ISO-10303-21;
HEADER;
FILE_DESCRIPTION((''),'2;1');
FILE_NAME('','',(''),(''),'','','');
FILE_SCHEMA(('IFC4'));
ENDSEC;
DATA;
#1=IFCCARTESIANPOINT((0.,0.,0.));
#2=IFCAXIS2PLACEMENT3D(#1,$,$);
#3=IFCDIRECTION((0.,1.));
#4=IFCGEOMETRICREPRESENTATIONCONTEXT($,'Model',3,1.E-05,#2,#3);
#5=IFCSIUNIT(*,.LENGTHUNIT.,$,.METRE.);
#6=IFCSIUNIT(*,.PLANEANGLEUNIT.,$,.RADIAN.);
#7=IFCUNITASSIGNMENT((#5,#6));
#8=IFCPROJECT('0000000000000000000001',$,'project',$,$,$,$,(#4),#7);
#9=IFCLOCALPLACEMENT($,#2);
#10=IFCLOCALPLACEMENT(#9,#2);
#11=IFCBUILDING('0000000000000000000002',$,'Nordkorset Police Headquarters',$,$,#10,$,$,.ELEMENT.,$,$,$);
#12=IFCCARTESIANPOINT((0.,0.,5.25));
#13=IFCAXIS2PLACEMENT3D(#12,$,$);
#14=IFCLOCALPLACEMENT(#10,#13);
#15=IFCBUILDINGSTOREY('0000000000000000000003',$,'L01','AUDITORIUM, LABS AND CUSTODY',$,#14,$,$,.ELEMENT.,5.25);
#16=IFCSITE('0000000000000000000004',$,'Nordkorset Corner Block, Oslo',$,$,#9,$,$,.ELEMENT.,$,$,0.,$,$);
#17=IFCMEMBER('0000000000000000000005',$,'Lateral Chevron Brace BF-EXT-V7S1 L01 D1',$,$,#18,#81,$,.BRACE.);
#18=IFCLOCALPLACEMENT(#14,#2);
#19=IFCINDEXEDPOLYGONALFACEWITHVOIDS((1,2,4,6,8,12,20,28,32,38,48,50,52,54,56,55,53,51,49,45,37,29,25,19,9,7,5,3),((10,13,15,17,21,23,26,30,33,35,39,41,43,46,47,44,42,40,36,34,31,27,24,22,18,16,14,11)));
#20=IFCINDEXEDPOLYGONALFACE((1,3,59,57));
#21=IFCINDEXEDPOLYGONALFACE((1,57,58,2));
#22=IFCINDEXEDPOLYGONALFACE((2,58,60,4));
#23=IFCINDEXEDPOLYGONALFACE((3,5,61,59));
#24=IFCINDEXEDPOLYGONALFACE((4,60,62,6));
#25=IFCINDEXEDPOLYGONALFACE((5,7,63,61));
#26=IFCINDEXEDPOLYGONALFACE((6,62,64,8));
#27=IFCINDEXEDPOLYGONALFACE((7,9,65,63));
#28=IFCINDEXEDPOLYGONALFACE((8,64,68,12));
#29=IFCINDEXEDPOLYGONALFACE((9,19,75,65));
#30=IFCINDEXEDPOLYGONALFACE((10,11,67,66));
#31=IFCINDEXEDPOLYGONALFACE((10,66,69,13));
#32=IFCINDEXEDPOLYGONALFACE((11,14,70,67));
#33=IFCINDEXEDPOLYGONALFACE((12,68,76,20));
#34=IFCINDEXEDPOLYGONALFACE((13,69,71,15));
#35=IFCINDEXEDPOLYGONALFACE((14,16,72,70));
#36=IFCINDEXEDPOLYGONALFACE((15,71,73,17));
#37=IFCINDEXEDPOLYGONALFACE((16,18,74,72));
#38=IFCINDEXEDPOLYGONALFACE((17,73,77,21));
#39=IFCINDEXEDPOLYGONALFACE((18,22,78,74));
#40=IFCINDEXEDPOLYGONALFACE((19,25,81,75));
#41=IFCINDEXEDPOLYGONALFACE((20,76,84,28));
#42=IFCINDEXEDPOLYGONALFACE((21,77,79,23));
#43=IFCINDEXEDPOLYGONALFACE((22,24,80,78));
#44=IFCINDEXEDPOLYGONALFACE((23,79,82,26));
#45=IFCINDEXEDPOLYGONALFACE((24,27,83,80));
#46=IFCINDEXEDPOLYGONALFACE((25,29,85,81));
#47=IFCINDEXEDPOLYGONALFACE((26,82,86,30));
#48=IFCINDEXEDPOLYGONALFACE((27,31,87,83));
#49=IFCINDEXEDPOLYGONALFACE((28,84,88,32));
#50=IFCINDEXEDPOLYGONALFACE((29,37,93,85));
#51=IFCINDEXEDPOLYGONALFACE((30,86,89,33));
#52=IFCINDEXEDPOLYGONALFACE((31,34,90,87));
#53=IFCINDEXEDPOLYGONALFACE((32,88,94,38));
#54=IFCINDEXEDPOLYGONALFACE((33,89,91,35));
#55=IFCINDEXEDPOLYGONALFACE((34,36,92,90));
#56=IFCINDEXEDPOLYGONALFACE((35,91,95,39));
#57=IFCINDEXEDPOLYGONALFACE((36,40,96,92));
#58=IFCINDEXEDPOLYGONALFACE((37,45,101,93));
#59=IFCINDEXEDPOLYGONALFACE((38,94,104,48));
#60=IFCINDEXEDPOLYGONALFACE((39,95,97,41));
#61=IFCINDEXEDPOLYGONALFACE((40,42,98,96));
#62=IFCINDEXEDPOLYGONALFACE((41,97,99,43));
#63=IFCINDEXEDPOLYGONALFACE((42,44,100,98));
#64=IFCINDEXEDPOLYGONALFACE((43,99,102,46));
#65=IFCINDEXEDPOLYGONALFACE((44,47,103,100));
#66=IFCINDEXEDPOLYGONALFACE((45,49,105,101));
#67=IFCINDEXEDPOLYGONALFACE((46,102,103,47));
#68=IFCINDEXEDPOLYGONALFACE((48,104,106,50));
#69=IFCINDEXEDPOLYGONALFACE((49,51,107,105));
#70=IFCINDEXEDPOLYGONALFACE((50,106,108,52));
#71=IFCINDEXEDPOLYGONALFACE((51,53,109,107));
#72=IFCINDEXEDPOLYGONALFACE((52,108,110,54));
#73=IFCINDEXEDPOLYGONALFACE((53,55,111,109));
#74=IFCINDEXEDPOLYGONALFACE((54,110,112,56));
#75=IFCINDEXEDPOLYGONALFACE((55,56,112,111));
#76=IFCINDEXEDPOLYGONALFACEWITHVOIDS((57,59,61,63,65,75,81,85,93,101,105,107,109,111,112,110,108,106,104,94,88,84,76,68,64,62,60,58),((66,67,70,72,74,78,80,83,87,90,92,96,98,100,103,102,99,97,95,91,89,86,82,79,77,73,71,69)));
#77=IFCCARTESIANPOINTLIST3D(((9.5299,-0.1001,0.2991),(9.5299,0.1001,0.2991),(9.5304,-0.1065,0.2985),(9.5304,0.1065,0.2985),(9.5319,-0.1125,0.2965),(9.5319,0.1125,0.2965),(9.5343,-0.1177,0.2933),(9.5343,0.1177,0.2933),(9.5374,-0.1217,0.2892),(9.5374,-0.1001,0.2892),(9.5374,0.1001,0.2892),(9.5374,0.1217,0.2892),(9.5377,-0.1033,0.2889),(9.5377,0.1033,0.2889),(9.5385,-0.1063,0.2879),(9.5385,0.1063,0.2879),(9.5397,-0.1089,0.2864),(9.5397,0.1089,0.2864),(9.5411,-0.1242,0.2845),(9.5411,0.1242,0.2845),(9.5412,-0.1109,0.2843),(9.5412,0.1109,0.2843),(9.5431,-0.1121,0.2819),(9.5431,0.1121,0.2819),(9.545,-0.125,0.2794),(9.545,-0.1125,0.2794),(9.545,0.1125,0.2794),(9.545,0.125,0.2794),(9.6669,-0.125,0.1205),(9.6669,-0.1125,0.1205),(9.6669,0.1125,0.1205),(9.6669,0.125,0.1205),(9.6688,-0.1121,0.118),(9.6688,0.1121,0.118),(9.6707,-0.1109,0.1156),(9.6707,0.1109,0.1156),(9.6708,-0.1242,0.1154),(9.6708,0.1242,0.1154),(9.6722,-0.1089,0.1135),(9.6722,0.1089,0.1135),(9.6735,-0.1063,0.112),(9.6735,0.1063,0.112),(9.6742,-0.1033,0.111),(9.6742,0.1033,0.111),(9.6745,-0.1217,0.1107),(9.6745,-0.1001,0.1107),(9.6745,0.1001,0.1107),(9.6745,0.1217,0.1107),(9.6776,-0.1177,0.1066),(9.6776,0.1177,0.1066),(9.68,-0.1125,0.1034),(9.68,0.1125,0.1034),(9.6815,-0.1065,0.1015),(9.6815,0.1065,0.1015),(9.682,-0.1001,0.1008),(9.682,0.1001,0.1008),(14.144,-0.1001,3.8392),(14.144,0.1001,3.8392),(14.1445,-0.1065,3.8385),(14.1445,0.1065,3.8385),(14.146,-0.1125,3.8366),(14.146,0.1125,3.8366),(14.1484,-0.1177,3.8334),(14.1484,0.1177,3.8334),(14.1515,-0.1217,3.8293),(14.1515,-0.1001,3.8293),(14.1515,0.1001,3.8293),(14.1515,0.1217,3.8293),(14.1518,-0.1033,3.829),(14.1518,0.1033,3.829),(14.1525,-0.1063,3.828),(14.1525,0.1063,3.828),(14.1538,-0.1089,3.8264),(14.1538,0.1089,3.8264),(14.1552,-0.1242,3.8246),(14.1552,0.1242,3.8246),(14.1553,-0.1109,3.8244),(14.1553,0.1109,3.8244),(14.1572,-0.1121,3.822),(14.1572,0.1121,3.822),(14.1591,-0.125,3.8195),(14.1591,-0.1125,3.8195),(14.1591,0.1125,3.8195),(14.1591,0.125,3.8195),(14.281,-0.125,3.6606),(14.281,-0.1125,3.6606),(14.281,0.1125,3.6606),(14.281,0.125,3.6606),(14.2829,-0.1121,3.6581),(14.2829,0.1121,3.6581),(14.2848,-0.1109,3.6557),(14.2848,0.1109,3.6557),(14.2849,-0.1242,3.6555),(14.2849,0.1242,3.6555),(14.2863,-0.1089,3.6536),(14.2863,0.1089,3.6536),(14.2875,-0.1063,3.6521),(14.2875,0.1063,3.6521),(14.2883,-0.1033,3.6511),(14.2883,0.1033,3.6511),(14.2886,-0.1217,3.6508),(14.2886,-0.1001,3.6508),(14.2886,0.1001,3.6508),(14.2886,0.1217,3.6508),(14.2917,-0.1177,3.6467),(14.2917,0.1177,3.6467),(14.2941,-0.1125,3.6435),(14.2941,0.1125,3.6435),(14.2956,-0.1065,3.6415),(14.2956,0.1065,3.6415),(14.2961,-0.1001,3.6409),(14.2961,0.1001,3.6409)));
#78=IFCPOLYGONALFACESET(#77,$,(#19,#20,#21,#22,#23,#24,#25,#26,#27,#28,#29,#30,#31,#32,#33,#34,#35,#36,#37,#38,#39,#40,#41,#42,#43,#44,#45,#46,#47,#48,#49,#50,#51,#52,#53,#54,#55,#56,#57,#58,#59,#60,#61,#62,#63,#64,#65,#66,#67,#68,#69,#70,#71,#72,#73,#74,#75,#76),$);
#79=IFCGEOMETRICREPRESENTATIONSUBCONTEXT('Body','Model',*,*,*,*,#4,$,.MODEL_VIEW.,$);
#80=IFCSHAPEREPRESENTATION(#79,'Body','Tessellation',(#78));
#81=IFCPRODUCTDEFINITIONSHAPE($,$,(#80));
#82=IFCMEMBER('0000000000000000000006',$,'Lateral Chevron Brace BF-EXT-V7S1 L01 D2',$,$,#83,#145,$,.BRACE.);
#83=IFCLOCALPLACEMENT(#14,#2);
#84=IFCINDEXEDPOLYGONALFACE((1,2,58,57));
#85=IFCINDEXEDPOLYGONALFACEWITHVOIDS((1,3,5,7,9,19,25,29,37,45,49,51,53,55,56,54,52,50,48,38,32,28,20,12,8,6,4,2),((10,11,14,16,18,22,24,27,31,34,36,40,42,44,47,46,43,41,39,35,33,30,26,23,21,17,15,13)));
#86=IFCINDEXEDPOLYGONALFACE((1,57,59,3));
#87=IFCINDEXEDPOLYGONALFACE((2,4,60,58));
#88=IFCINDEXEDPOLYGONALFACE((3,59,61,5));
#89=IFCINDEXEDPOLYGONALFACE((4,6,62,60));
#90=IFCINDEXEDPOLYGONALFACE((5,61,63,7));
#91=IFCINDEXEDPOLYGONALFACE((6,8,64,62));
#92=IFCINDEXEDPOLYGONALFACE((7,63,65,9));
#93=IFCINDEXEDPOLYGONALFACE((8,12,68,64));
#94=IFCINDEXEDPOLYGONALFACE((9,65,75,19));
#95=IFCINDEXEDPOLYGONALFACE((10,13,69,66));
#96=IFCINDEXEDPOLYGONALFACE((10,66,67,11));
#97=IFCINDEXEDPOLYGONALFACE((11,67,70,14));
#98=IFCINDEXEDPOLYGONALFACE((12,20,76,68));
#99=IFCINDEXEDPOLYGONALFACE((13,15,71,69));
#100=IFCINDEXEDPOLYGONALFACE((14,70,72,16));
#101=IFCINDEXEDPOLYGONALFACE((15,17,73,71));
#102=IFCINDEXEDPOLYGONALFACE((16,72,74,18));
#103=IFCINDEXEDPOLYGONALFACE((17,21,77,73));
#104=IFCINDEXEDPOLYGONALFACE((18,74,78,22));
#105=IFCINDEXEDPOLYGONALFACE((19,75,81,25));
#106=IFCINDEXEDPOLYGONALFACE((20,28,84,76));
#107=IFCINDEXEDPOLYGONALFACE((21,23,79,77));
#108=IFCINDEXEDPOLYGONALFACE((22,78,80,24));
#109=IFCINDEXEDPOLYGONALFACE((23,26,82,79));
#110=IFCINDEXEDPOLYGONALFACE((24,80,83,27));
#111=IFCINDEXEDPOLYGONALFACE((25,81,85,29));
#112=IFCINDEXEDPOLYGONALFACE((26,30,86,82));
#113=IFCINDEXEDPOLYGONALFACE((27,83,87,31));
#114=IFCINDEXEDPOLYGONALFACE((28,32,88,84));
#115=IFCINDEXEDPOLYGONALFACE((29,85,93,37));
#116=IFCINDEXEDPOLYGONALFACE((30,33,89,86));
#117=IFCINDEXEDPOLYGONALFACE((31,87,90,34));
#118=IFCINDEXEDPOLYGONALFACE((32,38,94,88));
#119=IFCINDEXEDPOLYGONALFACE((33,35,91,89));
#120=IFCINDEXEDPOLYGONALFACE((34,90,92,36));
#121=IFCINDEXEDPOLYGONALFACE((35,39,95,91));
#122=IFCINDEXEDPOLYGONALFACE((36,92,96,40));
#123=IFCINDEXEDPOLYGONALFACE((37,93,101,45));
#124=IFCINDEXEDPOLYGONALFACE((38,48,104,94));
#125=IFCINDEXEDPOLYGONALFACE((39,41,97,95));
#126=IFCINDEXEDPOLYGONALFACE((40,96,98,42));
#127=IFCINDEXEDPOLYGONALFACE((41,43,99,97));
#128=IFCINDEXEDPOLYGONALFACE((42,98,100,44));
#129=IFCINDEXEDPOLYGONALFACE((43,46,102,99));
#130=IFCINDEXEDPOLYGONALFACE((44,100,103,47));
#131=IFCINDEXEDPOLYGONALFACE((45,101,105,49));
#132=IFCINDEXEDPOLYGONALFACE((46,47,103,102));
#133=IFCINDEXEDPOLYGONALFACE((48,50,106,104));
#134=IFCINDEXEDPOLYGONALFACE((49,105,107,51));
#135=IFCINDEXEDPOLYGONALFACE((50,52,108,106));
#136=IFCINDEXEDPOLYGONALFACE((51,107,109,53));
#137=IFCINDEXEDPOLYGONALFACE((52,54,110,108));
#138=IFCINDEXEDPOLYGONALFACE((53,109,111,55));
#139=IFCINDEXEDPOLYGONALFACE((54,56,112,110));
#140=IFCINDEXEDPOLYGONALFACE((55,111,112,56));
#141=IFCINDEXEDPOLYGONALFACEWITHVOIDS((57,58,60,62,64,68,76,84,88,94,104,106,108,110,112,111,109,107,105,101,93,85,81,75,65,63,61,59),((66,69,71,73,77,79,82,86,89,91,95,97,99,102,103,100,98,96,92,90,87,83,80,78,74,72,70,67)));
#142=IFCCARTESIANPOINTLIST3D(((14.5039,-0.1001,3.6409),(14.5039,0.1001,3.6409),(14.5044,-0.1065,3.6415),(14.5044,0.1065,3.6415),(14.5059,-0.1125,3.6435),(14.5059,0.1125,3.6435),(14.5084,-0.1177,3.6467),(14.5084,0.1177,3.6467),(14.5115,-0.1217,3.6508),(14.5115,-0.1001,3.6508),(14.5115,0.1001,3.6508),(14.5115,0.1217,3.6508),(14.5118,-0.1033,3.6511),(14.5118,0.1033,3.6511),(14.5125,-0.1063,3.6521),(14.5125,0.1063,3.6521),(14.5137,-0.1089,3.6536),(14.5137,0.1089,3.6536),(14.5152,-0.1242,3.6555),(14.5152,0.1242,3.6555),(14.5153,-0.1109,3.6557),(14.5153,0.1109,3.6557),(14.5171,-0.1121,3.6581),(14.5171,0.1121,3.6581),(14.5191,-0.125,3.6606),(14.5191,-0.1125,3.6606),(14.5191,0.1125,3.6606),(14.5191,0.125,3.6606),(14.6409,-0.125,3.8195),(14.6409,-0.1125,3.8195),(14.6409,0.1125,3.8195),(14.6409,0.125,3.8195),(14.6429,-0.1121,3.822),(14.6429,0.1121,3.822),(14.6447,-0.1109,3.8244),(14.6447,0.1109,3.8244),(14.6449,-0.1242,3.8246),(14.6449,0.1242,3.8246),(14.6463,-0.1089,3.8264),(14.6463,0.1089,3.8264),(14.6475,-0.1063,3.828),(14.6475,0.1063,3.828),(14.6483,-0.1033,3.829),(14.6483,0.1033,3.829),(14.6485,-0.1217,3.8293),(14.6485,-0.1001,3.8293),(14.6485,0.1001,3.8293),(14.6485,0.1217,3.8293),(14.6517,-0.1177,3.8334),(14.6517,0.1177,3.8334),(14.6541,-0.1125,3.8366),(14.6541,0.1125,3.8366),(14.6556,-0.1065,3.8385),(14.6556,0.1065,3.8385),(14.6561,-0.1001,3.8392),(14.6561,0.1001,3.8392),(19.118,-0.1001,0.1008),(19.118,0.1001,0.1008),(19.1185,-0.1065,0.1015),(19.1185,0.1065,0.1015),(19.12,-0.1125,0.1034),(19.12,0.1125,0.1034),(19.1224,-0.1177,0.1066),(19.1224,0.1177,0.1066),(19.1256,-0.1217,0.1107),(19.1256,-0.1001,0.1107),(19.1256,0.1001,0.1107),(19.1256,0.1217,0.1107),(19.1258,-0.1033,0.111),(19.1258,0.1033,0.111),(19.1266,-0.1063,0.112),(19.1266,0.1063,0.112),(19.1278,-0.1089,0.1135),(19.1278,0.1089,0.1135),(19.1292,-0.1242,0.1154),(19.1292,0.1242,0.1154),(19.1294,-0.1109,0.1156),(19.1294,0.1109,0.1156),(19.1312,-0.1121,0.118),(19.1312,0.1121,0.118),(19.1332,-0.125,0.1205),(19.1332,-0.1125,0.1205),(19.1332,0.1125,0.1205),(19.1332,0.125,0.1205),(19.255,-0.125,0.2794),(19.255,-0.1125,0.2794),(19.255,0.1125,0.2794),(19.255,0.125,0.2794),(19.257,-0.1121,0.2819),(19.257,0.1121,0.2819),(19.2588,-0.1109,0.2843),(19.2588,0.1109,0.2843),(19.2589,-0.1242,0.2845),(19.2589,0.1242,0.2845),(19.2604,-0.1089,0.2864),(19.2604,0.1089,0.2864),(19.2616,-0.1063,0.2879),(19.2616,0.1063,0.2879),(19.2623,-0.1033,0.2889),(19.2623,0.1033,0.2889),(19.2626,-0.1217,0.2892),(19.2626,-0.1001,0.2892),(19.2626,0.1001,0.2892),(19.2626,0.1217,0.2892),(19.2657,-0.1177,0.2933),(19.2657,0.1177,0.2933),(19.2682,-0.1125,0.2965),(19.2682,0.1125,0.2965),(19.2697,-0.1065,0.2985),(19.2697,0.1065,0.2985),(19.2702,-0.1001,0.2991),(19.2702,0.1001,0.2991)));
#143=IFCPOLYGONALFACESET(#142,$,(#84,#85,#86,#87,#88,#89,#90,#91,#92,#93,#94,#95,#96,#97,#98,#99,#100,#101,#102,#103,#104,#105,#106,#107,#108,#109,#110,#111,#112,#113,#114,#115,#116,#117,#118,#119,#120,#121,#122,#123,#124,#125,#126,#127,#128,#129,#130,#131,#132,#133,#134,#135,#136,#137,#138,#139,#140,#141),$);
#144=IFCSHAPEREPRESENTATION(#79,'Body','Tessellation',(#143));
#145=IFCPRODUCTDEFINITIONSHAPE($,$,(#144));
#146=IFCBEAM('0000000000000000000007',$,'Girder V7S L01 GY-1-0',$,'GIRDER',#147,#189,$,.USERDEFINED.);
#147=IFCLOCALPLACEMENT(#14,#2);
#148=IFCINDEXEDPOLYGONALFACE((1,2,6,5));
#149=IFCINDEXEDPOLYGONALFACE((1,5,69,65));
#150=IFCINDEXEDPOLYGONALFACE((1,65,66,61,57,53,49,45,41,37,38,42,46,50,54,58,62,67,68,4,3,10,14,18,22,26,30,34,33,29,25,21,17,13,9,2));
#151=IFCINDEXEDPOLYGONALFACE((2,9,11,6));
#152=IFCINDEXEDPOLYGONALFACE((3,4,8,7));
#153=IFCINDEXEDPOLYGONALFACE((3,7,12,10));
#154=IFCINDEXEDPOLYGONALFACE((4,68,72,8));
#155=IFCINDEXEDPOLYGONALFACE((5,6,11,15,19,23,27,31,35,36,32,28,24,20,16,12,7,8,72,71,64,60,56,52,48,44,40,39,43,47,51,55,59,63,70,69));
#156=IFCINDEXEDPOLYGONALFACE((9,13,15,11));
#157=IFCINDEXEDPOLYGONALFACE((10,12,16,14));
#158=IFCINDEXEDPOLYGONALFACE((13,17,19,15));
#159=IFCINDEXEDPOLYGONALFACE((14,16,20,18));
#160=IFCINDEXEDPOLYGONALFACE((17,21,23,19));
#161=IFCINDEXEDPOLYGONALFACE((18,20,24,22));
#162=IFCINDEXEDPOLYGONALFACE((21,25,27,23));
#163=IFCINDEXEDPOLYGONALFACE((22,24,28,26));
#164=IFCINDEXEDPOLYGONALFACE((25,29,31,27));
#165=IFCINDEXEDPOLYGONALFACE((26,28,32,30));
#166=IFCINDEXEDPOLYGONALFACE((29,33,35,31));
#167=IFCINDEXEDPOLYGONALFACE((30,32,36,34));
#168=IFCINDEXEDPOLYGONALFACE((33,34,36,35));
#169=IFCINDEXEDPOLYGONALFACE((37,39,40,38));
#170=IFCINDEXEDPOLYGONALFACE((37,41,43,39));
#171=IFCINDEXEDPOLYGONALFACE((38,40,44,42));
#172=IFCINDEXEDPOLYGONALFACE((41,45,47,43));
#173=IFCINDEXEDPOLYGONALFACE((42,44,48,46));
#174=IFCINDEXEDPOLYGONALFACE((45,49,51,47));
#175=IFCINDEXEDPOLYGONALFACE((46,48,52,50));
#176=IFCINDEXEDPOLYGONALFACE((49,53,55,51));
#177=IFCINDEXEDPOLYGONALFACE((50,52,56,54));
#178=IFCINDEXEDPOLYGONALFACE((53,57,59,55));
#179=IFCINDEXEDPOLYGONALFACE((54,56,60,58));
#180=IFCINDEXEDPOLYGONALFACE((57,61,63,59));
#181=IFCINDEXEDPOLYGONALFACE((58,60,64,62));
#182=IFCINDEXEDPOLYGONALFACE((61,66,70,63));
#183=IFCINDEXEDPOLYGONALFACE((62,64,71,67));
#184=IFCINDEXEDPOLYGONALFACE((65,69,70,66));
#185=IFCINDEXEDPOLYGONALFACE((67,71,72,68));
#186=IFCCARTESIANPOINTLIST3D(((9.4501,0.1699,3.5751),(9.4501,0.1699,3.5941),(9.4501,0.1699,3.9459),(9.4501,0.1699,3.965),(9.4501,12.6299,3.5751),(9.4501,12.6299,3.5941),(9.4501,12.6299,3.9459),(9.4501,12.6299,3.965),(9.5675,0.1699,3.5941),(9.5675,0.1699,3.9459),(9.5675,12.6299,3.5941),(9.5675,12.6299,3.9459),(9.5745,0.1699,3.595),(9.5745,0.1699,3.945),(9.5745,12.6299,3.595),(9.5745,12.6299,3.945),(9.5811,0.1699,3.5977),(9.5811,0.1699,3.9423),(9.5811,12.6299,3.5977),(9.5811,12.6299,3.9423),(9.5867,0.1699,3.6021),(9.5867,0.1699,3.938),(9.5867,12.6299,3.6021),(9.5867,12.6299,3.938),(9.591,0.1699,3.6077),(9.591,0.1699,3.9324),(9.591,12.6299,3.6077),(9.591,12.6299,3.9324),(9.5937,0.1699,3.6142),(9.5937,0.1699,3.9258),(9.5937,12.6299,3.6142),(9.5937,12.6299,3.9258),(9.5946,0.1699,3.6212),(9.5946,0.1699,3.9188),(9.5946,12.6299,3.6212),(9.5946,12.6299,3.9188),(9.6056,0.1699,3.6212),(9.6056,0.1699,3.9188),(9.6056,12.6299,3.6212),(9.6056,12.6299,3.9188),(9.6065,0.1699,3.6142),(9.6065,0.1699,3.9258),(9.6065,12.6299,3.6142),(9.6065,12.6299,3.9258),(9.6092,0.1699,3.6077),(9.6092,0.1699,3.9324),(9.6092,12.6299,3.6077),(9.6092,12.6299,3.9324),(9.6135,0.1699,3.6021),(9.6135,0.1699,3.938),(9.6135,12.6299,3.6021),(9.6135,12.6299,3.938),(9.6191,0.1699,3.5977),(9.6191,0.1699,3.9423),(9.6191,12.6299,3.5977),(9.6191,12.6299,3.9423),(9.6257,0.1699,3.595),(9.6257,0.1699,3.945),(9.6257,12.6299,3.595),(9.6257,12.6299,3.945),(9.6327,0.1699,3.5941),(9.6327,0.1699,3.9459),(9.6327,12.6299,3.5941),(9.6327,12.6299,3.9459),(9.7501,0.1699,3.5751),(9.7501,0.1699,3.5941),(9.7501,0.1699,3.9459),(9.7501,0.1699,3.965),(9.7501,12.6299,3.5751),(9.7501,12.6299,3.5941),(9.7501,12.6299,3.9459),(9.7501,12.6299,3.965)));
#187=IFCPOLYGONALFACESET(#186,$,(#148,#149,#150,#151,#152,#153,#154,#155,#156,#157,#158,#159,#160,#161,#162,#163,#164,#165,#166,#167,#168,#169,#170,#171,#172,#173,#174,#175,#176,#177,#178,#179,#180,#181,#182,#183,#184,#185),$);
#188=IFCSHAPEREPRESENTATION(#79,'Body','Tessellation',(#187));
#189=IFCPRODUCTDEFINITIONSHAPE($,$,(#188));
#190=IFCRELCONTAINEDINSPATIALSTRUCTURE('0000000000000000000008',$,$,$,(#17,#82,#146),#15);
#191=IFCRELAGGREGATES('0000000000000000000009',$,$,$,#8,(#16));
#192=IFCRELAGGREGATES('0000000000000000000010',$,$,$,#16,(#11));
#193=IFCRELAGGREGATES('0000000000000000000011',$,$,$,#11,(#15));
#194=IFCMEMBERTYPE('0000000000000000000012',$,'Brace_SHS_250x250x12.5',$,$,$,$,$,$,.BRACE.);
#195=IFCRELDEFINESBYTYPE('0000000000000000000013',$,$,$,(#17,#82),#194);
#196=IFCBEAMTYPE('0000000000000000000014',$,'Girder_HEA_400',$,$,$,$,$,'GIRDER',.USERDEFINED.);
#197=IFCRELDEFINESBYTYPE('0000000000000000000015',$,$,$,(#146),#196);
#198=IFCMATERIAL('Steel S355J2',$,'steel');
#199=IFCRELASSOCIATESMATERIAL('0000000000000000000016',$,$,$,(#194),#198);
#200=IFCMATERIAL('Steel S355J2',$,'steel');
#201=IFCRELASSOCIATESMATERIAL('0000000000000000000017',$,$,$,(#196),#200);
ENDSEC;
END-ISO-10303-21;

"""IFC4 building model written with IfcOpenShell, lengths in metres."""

from ifc_helpers import new_model, si_unit, direction, frame, origin, origin_2d, place, context, subcontext, project, spatial, hollow_rectangle, i_section, extrude, material, material_profile, profile_set, type_object, element, save


model = new_model("IFC4")

# Units and contexts
model_context = context("Model", 3, precision=1e-05, world=origin(), true_north=direction((0.0, 1.0)))
body_context = subcontext(model_context, "Body", "Model", "MODEL_VIEW")
ifc_project = project(units=[si_unit("LENGTHUNIT", "METRE"), si_unit("PLANEANGLEUNIT", "RADIAN")], contexts=[model_context])

# Site, building, storey
site_placement = place(None, origin())
site = spatial("IfcSite", under=ifc_project, at=site_placement, Name="Nordkorset Corner Block, Oslo", CompositionType="ELEMENT", RefElevation=0.0)
building_placement = place(site_placement, origin())
building = spatial("IfcBuilding", under=site, at=building_placement, Name="Nordkorset Police Headquarters", CompositionType="ELEMENT")
storey_placement = place(building_placement, frame((0.0, 0.0, 5.25)))
storey = spatial("IfcBuildingStorey", under=building, at=storey_placement, Name="L01", Description="AUDITORIUM, LABS AND CUSTODY", CompositionType="ELEMENT", Elevation=5.25)

# Members
ifc_material_1 = material(Name="Steel S355J2", Category="steel")
ifc_material_profile_1 = material_profile(ifc_material_1, hollow_rectangle(XDim=0.25, YDim=0.25, WallThickness=0.0125, InnerFilletRadius=0.0125, OuterFilletRadius=0.0249, at=origin_2d()), Name="SHS 250x250x12.5")
ifc_profile_set_1 = profile_set([ifc_material_profile_1], Name="Steel S355J2")
member_type = type_object("IfcMemberType", Name="Brace_SHS_250x250x12.5", PredefinedType="BRACE", material=ifc_profile_set_1)
for number, where, z_axis, x_axis, name in (
    (1, (9.606, 0.0, 0.2), (0.793388, 0.0, 0.608716), (0.0, 1.0, 0.0), "Lateral Chevron Brace BF-EXT-V7S1 L01 D1"),
    (2, (19.1941, 0.0, 0.2), (-0.793388, 0.0, 0.608716), (0.0, -1.0, 0.0), "Lateral Chevron Brace BF-EXT-V7S1 L01 D2"),
):
    element("IfcMember", number, at=place(storey_placement, frame(where, z_axis=z_axis, x_axis=x_axis)), inside=storey, type_object=member_type, Name=name, PredefinedType="BRACE", context=body_context, shape_type="SweptSolid", body=[
        extrude(hollow_rectangle(XDim=0.25, YDim=0.25, WallThickness=0.0125, InnerFilletRadius=0.0125, OuterFilletRadius=0.0249, at=origin_2d()), origin(), (0.0, 0.0, 1.0), 5.8157),
    ])

# Beam
ifc_material_2 = material(Name="Steel S355J2", Category="steel")
ifc_material_profile_2 = material_profile(ifc_material_2, i_section(OverallWidth=0.3, OverallDepth=0.3899, WebThickness=0.011, FlangeThickness=0.019, FilletRadius=0.0271, at=origin_2d()), Name="HEA 400")
ifc_profile_set_2 = profile_set([ifc_material_profile_2], Name="Steel S355J2")
beam_type_1 = type_object("IfcBeamType", Name="Girder_HEA_400", ElementType="GIRDER", PredefinedType="USERDEFINED", material=ifc_profile_set_2)
beam_1_placement = place(storey_placement, frame((9.6001, 0.1699, 3.77), z_axis=(0.0, 1.0, 0.0), x_axis=(-1.0, 0.0, 0.0)))
element("IfcBeam", 3, at=beam_1_placement, inside=storey, type_object=beam_type_1, Name="Girder V7S L01 GY-1-0", ObjectType="GIRDER", PredefinedType="USERDEFINED", context=body_context, shape_type="SweptSolid", body=[
    extrude(i_section(OverallWidth=0.3, OverallDepth=0.3899, WebThickness=0.011, FlangeThickness=0.019, FilletRadius=0.0271, at=origin_2d()), origin(), (0.0, 0.0, 1.0), 12.46),
])

save(model, "model.ifc")
